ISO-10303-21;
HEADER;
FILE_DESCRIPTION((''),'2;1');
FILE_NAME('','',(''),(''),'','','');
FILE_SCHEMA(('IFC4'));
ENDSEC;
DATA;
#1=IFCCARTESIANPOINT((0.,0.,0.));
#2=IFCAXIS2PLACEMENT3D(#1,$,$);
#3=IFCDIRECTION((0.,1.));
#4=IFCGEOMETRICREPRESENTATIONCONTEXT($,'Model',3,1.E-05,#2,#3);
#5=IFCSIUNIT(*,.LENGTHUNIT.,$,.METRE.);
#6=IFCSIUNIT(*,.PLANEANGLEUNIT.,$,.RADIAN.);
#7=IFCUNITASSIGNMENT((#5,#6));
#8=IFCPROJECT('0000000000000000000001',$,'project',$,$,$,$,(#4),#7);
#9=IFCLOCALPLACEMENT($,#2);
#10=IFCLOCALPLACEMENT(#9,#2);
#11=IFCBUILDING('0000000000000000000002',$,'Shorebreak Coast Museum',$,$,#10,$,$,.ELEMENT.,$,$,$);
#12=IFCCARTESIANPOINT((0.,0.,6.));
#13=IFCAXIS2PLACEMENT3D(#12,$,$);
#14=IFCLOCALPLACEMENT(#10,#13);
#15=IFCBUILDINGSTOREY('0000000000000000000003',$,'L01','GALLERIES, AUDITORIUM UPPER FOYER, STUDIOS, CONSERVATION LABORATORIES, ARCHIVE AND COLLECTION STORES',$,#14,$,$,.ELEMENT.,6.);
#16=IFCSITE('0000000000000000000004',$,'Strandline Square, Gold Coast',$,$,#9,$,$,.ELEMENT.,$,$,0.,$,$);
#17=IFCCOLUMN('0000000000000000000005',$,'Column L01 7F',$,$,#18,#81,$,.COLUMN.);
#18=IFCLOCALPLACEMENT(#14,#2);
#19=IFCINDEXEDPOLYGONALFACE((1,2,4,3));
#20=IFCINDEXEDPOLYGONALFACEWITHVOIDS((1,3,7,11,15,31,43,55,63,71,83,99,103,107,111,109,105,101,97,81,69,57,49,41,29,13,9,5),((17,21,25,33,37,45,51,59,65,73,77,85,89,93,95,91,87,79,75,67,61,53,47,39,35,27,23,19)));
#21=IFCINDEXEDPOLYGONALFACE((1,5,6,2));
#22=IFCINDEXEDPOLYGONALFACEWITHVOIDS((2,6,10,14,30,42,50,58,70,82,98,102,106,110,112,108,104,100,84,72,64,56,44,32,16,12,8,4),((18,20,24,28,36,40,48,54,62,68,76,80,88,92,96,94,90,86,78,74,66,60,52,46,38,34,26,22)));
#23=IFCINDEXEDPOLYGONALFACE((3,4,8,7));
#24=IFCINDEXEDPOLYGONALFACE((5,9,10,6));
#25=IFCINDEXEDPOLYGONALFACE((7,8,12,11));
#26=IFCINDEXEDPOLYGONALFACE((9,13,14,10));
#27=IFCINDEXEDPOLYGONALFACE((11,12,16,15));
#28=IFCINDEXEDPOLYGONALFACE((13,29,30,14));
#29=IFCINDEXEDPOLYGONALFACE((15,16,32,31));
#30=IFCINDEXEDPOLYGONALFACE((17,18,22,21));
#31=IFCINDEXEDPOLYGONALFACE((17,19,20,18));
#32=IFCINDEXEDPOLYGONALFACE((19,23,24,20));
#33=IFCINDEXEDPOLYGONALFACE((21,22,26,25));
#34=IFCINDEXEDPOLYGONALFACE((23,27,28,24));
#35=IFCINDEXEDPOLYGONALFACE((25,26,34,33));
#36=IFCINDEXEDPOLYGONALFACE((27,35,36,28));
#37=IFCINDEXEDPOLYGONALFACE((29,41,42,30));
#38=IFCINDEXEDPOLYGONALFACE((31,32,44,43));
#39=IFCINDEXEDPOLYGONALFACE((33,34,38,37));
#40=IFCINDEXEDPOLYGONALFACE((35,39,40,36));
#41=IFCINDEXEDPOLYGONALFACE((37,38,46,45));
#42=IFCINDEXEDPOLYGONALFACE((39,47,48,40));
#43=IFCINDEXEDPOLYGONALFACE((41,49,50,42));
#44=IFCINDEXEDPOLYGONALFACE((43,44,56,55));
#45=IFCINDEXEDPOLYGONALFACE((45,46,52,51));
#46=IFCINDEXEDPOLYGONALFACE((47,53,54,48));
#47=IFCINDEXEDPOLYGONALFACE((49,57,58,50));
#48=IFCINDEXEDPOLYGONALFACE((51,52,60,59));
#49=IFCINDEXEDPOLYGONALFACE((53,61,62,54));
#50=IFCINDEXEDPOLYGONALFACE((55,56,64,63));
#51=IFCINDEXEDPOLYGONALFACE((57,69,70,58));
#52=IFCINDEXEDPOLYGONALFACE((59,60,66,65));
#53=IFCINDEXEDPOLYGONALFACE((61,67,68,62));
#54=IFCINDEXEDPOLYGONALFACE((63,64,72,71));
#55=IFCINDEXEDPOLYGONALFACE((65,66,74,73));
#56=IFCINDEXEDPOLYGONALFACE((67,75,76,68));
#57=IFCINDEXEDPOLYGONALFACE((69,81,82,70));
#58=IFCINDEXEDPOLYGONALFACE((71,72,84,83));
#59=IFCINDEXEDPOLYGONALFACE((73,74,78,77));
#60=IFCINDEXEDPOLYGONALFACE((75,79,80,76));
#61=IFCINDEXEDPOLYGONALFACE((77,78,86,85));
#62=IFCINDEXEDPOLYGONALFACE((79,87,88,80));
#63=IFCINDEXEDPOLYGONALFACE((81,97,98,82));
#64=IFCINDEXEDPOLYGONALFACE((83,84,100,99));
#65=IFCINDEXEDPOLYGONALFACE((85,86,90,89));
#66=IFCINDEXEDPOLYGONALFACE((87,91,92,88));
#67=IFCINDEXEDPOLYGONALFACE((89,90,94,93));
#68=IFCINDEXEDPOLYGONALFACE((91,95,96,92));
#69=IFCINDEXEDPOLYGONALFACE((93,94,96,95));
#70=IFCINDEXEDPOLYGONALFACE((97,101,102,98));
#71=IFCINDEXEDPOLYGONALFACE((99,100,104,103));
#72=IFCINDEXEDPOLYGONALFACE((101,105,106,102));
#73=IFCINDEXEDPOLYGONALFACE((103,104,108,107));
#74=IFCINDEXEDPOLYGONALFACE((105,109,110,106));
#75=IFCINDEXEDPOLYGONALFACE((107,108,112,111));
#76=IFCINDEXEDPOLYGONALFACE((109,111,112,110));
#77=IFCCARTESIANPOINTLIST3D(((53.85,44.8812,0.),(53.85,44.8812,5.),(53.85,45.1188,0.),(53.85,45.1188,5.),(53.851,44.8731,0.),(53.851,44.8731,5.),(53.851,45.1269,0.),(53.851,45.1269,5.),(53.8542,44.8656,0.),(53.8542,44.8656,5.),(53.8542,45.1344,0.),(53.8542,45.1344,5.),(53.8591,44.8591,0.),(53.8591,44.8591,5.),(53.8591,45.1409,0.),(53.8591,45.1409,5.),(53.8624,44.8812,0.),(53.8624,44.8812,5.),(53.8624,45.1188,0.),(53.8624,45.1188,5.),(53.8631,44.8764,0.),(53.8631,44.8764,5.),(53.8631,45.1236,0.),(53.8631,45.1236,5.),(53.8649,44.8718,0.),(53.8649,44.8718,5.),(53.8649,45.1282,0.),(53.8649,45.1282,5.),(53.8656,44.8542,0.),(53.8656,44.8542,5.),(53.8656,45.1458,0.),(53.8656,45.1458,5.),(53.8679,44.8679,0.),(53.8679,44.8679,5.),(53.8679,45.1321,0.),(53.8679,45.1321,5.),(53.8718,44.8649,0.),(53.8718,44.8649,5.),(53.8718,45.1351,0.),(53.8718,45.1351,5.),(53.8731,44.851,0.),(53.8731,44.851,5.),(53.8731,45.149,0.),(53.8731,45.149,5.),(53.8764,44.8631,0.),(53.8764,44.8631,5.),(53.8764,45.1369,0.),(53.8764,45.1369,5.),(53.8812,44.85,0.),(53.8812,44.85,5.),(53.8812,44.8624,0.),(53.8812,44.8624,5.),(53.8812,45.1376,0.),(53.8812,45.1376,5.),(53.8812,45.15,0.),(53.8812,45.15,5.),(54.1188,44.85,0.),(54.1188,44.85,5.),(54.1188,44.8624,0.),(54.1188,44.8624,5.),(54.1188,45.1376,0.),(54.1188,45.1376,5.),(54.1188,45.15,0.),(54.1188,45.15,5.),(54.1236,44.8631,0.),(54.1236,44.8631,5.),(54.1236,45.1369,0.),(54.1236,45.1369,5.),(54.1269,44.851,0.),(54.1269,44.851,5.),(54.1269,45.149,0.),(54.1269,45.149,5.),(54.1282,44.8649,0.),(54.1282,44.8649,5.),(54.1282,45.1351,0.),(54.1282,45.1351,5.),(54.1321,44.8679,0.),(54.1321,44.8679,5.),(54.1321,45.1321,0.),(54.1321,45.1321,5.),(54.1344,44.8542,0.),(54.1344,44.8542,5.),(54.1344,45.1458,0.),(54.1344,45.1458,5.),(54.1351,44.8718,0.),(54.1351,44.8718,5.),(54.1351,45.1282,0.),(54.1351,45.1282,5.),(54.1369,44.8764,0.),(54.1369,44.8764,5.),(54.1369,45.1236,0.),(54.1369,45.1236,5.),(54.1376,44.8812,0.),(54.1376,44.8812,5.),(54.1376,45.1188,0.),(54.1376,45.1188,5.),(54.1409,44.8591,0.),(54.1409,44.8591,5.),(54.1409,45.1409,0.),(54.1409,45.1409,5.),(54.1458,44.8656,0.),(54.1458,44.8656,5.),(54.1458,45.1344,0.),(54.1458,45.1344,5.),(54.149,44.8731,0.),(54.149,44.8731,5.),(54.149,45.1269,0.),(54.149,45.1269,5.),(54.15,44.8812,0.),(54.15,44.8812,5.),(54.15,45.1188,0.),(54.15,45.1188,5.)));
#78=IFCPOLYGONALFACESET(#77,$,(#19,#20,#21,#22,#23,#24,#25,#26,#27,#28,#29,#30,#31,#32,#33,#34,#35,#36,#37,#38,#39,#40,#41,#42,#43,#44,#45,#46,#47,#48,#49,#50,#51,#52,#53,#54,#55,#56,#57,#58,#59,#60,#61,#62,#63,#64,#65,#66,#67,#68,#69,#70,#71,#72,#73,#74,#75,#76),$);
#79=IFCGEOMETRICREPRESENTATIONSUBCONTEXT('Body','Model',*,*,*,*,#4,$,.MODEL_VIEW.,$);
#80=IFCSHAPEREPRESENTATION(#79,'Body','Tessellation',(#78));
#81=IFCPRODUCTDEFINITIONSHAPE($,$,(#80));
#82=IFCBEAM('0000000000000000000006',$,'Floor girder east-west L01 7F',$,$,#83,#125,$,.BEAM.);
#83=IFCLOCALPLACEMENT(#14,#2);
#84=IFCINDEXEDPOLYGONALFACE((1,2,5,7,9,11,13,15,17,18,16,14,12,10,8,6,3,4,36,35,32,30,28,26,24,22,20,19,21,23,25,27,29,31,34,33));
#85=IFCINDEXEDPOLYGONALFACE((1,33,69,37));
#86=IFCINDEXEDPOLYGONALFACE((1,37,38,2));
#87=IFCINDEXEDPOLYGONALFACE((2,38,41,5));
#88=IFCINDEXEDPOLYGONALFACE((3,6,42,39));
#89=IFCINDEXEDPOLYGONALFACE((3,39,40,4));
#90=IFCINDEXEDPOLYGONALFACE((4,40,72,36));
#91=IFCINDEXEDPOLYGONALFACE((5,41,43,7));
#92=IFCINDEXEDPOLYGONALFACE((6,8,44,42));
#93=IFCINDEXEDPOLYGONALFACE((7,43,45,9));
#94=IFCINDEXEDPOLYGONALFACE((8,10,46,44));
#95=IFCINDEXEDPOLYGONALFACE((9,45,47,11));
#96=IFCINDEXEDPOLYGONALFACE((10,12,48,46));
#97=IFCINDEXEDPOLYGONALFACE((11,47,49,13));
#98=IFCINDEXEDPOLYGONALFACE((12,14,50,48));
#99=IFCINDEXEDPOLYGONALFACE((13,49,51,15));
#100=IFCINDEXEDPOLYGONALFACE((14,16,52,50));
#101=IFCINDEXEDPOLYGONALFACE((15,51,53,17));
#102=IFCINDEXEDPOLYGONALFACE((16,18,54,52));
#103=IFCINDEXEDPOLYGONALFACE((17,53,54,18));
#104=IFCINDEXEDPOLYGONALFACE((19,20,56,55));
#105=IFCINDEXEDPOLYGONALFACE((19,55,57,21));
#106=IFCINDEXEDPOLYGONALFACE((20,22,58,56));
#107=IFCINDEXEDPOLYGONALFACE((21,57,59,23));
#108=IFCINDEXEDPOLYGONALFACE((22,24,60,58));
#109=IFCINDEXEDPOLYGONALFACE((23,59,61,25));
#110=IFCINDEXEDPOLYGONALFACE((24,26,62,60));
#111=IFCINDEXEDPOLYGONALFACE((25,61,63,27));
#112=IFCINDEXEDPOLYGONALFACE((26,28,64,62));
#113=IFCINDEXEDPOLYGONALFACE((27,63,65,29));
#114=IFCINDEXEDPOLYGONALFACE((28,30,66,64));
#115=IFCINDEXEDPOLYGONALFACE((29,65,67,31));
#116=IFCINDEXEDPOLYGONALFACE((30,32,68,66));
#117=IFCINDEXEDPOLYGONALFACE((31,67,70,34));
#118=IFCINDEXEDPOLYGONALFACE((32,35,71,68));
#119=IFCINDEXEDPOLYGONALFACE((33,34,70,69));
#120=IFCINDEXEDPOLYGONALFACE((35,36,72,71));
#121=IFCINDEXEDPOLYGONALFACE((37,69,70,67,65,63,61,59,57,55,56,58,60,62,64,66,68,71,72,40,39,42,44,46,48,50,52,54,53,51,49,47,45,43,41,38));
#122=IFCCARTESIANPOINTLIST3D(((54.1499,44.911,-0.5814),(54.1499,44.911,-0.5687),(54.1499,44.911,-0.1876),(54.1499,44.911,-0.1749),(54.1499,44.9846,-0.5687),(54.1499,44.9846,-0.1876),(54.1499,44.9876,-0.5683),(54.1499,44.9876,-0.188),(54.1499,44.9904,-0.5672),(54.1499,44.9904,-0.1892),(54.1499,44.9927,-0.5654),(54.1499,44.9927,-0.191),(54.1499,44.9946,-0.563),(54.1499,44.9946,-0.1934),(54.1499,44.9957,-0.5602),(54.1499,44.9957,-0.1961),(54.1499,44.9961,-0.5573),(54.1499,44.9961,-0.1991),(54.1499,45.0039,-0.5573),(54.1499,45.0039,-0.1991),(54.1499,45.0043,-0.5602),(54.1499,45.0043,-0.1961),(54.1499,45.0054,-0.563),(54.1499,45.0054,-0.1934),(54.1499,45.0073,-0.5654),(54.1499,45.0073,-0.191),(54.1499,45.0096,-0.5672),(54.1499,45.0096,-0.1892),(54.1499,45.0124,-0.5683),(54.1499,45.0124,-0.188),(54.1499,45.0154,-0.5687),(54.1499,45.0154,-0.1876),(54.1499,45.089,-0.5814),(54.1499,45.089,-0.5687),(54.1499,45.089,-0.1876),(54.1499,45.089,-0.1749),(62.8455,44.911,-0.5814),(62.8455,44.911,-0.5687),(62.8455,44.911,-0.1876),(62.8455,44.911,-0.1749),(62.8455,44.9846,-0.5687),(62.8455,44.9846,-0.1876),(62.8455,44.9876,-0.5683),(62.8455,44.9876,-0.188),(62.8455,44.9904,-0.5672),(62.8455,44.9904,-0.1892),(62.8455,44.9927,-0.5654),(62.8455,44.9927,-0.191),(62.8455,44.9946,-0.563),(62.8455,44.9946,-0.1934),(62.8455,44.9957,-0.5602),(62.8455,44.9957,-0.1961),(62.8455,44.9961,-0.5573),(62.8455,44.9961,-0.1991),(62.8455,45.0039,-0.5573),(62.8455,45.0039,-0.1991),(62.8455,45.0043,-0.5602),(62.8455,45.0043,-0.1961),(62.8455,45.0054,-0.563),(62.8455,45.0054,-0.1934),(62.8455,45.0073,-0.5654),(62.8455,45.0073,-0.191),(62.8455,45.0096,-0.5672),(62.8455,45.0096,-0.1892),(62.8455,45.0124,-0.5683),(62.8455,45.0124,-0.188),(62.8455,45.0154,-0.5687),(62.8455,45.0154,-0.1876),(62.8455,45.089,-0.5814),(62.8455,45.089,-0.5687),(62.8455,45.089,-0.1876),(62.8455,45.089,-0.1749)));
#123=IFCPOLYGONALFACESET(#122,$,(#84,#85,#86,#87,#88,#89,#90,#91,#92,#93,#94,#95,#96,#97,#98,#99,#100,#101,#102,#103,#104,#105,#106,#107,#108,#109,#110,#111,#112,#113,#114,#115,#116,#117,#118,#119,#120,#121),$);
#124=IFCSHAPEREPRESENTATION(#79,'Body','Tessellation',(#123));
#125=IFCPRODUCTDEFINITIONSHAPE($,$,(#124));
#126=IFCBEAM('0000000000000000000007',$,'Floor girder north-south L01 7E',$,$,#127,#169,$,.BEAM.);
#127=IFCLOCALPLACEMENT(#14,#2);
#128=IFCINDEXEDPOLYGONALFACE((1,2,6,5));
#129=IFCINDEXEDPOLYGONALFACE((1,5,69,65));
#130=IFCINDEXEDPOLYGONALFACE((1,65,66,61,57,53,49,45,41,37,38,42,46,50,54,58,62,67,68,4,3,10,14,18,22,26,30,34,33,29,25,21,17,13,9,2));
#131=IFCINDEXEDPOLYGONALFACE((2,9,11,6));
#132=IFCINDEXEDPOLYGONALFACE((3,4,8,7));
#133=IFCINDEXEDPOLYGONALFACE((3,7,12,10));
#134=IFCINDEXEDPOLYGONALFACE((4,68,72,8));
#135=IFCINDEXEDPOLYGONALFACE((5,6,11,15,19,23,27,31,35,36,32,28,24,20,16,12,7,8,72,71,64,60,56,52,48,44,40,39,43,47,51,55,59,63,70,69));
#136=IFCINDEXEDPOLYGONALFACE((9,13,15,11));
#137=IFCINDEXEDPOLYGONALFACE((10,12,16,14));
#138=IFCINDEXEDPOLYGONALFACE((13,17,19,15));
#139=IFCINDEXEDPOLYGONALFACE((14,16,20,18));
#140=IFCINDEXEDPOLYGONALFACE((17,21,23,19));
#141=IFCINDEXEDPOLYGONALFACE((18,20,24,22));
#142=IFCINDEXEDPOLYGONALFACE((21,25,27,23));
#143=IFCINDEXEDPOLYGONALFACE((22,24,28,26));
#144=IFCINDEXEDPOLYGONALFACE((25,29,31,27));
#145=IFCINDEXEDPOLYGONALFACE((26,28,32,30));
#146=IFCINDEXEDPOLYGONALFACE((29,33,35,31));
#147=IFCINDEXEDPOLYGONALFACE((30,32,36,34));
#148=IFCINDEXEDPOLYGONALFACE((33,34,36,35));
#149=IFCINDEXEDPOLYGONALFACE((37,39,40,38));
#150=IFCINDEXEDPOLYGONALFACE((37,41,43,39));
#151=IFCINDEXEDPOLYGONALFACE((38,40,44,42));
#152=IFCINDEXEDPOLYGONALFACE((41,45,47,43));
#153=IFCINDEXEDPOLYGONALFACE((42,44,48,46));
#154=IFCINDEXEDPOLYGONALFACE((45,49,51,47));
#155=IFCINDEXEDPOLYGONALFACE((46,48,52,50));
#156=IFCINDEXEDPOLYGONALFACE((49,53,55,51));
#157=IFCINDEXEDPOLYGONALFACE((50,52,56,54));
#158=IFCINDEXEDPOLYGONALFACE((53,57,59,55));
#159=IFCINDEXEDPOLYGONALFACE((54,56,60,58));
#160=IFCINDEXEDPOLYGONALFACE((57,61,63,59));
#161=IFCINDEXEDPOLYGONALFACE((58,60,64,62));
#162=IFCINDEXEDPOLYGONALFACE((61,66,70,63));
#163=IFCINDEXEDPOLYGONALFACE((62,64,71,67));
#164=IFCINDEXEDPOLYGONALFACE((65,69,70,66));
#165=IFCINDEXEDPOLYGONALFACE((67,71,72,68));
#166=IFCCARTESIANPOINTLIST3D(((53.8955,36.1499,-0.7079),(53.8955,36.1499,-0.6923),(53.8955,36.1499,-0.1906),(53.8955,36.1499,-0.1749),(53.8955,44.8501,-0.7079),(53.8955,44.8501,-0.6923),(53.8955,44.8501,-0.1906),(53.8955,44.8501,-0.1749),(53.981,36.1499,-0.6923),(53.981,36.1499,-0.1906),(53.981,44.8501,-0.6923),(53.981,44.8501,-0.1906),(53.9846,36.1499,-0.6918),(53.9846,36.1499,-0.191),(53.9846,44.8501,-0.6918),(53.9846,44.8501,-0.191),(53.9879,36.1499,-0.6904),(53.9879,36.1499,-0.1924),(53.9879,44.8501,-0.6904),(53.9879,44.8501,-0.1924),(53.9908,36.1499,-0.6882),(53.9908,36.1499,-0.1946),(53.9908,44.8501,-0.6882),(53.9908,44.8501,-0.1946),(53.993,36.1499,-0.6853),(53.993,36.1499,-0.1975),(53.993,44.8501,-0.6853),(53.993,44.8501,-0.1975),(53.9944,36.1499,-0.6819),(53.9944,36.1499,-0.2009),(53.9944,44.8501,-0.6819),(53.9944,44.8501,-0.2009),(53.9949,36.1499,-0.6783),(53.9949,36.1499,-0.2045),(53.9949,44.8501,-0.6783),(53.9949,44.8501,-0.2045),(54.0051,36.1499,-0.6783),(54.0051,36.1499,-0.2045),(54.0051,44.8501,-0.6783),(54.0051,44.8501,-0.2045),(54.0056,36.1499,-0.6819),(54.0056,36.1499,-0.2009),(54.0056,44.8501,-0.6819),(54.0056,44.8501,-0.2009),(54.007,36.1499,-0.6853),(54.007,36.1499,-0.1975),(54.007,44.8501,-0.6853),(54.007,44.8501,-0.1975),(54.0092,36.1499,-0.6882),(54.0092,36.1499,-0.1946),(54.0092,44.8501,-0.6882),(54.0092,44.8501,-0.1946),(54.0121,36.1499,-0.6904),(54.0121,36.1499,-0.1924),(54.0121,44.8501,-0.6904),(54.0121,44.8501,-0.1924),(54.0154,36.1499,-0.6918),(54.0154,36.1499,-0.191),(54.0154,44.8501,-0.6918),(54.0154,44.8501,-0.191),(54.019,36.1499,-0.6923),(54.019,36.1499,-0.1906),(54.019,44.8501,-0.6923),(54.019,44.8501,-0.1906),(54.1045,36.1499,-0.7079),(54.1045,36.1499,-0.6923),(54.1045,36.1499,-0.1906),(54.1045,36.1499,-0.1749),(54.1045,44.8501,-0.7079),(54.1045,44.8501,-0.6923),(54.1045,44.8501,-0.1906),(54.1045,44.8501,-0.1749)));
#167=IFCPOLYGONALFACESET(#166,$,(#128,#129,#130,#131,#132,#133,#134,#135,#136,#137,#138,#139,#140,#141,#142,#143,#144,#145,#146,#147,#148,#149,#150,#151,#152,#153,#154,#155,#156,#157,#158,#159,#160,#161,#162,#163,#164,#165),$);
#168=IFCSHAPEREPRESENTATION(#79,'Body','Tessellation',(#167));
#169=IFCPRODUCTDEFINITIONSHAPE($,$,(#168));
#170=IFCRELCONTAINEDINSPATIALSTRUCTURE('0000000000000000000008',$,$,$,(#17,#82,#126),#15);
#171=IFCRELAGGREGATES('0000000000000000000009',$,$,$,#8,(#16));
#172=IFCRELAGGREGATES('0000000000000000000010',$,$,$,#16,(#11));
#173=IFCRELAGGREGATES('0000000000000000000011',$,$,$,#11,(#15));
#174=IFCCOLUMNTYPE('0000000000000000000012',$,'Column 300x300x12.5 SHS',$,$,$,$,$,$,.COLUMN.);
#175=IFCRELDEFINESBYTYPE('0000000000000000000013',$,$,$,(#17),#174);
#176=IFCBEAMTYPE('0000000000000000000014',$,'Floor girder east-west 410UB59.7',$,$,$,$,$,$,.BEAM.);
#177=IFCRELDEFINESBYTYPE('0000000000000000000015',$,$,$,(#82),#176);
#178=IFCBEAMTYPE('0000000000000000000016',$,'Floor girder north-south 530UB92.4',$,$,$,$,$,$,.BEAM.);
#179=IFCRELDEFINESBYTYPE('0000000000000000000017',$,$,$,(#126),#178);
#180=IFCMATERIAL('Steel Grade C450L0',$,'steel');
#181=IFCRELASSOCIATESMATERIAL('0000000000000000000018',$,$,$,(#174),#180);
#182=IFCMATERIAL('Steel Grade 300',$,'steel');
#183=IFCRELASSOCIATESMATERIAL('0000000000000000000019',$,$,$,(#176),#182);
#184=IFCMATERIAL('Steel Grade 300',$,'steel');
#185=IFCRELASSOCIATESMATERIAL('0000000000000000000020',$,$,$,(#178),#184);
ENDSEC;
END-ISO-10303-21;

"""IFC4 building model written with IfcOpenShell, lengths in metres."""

from ifc_helpers import new_model, si_unit, direction, frame, origin, origin_2d, place, context, subcontext, project, spatial, hollow_rectangle, i_section, extrude, material, material_profile, profile_set, type_object, element, save


model = new_model("IFC4")

# Units and contexts
model_context = context("Model", 3, precision=1e-05, world=origin(), true_north=direction((0.0, 1.0)))
body_context = subcontext(model_context, "Body", "Model", "MODEL_VIEW")
ifc_project = project(units=[si_unit("LENGTHUNIT", "METRE"), si_unit("PLANEANGLEUNIT", "RADIAN")], contexts=[model_context])

# Site, building, storey
site_placement = place(None, origin())
site = spatial("IfcSite", under=ifc_project, at=site_placement, Name="Strandline Square, Gold Coast", CompositionType="ELEMENT", RefElevation=0.0)
building_placement = place(site_placement, origin())
building = spatial("IfcBuilding", under=site, at=building_placement, Name="Shorebreak Coast Museum", CompositionType="ELEMENT")
storey_placement = place(building_placement, frame((0.0, 0.0, 6.0)))
storey = spatial("IfcBuildingStorey", under=building, at=storey_placement, Name="L01", Description="GALLERIES, AUDITORIUM UPPER FOYER, STUDIOS, CONSERVATION LABORATORIES, ARCHIVE AND COLLECTION STORES", CompositionType="ELEMENT", Elevation=6.0)

# Column
ifc_material_1 = material(Name="Steel Grade C450L0", Category="steel")
ifc_material_profile_1 = material_profile(ifc_material_1, hollow_rectangle(XDim=0.3, YDim=0.3, WallThickness=0.0125, InnerFilletRadius=0.0188, OuterFilletRadius=0.0312, at=origin_2d()), Name="300x300x12.5 SHS")
ifc_profile_set_1 = profile_set([ifc_material_profile_1], Name="Steel Grade C450L0")
column_type = type_object("IfcColumnType", Name="Column 300x300x12.5 SHS", PredefinedType="COLUMN", material=ifc_profile_set_1)
column_placement = place(storey_placement, frame((54.0, 45.0, 0.0), z_axis=(0.0, 0.0, 1.0), x_axis=(1.0, 0.0, 0.0)))
element("IfcColumn", 1, at=column_placement, inside=storey, type_object=column_type, Name="Column L01 7F", PredefinedType="COLUMN", context=body_context, shape_type="SweptSolid", body=[
    extrude(hollow_rectangle(XDim=0.3, YDim=0.3, WallThickness=0.0125, InnerFilletRadius=0.0188, OuterFilletRadius=0.0312, at=origin_2d()), origin(), (0.0, 0.0, 1.0), 5.0),
])

# Beams
ifc_material_2 = material(Name="Steel Grade 300", Category="steel")
ifc_material_profile_2 = material_profile(ifc_material_2, i_section(OverallWidth=0.178, OverallDepth=0.4065, WebThickness=0.0078, FlangeThickness=0.0127, FilletRadius=0.0115, at=origin_2d()), Name="410UB59.7")
ifc_profile_set_2 = profile_set([ifc_material_profile_2], Name="Steel Grade 300")
beam_type_1 = type_object("IfcBeamType", Name="Floor girder east-west 410UB59.7", PredefinedType="BEAM", material=ifc_profile_set_2)
beam_placement = place(storey_placement, frame((54.1499, 45.0, -0.3782), z_axis=(1.0, 0.0, 0.0), x_axis=(0.0, 1.0, 0.0)))
element("IfcBeam", 2, at=beam_placement, inside=storey, type_object=beam_type_1, Name="Floor girder east-west L01 7F", PredefinedType="BEAM", context=body_context, shape_type="SweptSolid", body=[
    extrude(i_section(OverallWidth=0.178, OverallDepth=0.4065, WebThickness=0.0078, FlangeThickness=0.0127, FilletRadius=0.0115, at=origin_2d()), origin(), (0.0, 0.0, 1.0), 8.6956),
])
ifc_material_3 = material(Name="Steel Grade 300", Category="steel")
ifc_material_profile_3 = material_profile(ifc_material_3, i_section(OverallWidth=0.209, OverallDepth=0.533, WebThickness=0.0103, FlangeThickness=0.0156, FilletRadius=0.0139, at=origin_2d()), Name="530UB92.4")
ifc_profile_set_3 = profile_set([ifc_material_profile_3], Name="Steel Grade 300")
beam_type_2 = type_object("IfcBeamType", Name="Floor girder north-south 530UB92.4", PredefinedType="BEAM", material=ifc_profile_set_3)
for number, where, z_axis, x_axis, name in (
    (3, (54.0, 36.1499, -0.4414), (0.0, 1.0, 0.0), (-1.0, 0.0, 0.0), "Floor girder north-south L01 7E"),
):
    element("IfcBeam", number, at=place(storey_placement, frame(where, z_axis=z_axis, x_axis=x_axis)), inside=storey, type_object=beam_type_2, Name=name, PredefinedType="BEAM", context=body_context, shape_type="SweptSolid", body=[
        extrude(i_section(OverallWidth=0.209, OverallDepth=0.533, WebThickness=0.0103, FlangeThickness=0.0156, FilletRadius=0.0139, at=origin_2d()), origin(), (0.0, 0.0, 1.0), 8.7002),
    ])

save(model, "model.ifc")
